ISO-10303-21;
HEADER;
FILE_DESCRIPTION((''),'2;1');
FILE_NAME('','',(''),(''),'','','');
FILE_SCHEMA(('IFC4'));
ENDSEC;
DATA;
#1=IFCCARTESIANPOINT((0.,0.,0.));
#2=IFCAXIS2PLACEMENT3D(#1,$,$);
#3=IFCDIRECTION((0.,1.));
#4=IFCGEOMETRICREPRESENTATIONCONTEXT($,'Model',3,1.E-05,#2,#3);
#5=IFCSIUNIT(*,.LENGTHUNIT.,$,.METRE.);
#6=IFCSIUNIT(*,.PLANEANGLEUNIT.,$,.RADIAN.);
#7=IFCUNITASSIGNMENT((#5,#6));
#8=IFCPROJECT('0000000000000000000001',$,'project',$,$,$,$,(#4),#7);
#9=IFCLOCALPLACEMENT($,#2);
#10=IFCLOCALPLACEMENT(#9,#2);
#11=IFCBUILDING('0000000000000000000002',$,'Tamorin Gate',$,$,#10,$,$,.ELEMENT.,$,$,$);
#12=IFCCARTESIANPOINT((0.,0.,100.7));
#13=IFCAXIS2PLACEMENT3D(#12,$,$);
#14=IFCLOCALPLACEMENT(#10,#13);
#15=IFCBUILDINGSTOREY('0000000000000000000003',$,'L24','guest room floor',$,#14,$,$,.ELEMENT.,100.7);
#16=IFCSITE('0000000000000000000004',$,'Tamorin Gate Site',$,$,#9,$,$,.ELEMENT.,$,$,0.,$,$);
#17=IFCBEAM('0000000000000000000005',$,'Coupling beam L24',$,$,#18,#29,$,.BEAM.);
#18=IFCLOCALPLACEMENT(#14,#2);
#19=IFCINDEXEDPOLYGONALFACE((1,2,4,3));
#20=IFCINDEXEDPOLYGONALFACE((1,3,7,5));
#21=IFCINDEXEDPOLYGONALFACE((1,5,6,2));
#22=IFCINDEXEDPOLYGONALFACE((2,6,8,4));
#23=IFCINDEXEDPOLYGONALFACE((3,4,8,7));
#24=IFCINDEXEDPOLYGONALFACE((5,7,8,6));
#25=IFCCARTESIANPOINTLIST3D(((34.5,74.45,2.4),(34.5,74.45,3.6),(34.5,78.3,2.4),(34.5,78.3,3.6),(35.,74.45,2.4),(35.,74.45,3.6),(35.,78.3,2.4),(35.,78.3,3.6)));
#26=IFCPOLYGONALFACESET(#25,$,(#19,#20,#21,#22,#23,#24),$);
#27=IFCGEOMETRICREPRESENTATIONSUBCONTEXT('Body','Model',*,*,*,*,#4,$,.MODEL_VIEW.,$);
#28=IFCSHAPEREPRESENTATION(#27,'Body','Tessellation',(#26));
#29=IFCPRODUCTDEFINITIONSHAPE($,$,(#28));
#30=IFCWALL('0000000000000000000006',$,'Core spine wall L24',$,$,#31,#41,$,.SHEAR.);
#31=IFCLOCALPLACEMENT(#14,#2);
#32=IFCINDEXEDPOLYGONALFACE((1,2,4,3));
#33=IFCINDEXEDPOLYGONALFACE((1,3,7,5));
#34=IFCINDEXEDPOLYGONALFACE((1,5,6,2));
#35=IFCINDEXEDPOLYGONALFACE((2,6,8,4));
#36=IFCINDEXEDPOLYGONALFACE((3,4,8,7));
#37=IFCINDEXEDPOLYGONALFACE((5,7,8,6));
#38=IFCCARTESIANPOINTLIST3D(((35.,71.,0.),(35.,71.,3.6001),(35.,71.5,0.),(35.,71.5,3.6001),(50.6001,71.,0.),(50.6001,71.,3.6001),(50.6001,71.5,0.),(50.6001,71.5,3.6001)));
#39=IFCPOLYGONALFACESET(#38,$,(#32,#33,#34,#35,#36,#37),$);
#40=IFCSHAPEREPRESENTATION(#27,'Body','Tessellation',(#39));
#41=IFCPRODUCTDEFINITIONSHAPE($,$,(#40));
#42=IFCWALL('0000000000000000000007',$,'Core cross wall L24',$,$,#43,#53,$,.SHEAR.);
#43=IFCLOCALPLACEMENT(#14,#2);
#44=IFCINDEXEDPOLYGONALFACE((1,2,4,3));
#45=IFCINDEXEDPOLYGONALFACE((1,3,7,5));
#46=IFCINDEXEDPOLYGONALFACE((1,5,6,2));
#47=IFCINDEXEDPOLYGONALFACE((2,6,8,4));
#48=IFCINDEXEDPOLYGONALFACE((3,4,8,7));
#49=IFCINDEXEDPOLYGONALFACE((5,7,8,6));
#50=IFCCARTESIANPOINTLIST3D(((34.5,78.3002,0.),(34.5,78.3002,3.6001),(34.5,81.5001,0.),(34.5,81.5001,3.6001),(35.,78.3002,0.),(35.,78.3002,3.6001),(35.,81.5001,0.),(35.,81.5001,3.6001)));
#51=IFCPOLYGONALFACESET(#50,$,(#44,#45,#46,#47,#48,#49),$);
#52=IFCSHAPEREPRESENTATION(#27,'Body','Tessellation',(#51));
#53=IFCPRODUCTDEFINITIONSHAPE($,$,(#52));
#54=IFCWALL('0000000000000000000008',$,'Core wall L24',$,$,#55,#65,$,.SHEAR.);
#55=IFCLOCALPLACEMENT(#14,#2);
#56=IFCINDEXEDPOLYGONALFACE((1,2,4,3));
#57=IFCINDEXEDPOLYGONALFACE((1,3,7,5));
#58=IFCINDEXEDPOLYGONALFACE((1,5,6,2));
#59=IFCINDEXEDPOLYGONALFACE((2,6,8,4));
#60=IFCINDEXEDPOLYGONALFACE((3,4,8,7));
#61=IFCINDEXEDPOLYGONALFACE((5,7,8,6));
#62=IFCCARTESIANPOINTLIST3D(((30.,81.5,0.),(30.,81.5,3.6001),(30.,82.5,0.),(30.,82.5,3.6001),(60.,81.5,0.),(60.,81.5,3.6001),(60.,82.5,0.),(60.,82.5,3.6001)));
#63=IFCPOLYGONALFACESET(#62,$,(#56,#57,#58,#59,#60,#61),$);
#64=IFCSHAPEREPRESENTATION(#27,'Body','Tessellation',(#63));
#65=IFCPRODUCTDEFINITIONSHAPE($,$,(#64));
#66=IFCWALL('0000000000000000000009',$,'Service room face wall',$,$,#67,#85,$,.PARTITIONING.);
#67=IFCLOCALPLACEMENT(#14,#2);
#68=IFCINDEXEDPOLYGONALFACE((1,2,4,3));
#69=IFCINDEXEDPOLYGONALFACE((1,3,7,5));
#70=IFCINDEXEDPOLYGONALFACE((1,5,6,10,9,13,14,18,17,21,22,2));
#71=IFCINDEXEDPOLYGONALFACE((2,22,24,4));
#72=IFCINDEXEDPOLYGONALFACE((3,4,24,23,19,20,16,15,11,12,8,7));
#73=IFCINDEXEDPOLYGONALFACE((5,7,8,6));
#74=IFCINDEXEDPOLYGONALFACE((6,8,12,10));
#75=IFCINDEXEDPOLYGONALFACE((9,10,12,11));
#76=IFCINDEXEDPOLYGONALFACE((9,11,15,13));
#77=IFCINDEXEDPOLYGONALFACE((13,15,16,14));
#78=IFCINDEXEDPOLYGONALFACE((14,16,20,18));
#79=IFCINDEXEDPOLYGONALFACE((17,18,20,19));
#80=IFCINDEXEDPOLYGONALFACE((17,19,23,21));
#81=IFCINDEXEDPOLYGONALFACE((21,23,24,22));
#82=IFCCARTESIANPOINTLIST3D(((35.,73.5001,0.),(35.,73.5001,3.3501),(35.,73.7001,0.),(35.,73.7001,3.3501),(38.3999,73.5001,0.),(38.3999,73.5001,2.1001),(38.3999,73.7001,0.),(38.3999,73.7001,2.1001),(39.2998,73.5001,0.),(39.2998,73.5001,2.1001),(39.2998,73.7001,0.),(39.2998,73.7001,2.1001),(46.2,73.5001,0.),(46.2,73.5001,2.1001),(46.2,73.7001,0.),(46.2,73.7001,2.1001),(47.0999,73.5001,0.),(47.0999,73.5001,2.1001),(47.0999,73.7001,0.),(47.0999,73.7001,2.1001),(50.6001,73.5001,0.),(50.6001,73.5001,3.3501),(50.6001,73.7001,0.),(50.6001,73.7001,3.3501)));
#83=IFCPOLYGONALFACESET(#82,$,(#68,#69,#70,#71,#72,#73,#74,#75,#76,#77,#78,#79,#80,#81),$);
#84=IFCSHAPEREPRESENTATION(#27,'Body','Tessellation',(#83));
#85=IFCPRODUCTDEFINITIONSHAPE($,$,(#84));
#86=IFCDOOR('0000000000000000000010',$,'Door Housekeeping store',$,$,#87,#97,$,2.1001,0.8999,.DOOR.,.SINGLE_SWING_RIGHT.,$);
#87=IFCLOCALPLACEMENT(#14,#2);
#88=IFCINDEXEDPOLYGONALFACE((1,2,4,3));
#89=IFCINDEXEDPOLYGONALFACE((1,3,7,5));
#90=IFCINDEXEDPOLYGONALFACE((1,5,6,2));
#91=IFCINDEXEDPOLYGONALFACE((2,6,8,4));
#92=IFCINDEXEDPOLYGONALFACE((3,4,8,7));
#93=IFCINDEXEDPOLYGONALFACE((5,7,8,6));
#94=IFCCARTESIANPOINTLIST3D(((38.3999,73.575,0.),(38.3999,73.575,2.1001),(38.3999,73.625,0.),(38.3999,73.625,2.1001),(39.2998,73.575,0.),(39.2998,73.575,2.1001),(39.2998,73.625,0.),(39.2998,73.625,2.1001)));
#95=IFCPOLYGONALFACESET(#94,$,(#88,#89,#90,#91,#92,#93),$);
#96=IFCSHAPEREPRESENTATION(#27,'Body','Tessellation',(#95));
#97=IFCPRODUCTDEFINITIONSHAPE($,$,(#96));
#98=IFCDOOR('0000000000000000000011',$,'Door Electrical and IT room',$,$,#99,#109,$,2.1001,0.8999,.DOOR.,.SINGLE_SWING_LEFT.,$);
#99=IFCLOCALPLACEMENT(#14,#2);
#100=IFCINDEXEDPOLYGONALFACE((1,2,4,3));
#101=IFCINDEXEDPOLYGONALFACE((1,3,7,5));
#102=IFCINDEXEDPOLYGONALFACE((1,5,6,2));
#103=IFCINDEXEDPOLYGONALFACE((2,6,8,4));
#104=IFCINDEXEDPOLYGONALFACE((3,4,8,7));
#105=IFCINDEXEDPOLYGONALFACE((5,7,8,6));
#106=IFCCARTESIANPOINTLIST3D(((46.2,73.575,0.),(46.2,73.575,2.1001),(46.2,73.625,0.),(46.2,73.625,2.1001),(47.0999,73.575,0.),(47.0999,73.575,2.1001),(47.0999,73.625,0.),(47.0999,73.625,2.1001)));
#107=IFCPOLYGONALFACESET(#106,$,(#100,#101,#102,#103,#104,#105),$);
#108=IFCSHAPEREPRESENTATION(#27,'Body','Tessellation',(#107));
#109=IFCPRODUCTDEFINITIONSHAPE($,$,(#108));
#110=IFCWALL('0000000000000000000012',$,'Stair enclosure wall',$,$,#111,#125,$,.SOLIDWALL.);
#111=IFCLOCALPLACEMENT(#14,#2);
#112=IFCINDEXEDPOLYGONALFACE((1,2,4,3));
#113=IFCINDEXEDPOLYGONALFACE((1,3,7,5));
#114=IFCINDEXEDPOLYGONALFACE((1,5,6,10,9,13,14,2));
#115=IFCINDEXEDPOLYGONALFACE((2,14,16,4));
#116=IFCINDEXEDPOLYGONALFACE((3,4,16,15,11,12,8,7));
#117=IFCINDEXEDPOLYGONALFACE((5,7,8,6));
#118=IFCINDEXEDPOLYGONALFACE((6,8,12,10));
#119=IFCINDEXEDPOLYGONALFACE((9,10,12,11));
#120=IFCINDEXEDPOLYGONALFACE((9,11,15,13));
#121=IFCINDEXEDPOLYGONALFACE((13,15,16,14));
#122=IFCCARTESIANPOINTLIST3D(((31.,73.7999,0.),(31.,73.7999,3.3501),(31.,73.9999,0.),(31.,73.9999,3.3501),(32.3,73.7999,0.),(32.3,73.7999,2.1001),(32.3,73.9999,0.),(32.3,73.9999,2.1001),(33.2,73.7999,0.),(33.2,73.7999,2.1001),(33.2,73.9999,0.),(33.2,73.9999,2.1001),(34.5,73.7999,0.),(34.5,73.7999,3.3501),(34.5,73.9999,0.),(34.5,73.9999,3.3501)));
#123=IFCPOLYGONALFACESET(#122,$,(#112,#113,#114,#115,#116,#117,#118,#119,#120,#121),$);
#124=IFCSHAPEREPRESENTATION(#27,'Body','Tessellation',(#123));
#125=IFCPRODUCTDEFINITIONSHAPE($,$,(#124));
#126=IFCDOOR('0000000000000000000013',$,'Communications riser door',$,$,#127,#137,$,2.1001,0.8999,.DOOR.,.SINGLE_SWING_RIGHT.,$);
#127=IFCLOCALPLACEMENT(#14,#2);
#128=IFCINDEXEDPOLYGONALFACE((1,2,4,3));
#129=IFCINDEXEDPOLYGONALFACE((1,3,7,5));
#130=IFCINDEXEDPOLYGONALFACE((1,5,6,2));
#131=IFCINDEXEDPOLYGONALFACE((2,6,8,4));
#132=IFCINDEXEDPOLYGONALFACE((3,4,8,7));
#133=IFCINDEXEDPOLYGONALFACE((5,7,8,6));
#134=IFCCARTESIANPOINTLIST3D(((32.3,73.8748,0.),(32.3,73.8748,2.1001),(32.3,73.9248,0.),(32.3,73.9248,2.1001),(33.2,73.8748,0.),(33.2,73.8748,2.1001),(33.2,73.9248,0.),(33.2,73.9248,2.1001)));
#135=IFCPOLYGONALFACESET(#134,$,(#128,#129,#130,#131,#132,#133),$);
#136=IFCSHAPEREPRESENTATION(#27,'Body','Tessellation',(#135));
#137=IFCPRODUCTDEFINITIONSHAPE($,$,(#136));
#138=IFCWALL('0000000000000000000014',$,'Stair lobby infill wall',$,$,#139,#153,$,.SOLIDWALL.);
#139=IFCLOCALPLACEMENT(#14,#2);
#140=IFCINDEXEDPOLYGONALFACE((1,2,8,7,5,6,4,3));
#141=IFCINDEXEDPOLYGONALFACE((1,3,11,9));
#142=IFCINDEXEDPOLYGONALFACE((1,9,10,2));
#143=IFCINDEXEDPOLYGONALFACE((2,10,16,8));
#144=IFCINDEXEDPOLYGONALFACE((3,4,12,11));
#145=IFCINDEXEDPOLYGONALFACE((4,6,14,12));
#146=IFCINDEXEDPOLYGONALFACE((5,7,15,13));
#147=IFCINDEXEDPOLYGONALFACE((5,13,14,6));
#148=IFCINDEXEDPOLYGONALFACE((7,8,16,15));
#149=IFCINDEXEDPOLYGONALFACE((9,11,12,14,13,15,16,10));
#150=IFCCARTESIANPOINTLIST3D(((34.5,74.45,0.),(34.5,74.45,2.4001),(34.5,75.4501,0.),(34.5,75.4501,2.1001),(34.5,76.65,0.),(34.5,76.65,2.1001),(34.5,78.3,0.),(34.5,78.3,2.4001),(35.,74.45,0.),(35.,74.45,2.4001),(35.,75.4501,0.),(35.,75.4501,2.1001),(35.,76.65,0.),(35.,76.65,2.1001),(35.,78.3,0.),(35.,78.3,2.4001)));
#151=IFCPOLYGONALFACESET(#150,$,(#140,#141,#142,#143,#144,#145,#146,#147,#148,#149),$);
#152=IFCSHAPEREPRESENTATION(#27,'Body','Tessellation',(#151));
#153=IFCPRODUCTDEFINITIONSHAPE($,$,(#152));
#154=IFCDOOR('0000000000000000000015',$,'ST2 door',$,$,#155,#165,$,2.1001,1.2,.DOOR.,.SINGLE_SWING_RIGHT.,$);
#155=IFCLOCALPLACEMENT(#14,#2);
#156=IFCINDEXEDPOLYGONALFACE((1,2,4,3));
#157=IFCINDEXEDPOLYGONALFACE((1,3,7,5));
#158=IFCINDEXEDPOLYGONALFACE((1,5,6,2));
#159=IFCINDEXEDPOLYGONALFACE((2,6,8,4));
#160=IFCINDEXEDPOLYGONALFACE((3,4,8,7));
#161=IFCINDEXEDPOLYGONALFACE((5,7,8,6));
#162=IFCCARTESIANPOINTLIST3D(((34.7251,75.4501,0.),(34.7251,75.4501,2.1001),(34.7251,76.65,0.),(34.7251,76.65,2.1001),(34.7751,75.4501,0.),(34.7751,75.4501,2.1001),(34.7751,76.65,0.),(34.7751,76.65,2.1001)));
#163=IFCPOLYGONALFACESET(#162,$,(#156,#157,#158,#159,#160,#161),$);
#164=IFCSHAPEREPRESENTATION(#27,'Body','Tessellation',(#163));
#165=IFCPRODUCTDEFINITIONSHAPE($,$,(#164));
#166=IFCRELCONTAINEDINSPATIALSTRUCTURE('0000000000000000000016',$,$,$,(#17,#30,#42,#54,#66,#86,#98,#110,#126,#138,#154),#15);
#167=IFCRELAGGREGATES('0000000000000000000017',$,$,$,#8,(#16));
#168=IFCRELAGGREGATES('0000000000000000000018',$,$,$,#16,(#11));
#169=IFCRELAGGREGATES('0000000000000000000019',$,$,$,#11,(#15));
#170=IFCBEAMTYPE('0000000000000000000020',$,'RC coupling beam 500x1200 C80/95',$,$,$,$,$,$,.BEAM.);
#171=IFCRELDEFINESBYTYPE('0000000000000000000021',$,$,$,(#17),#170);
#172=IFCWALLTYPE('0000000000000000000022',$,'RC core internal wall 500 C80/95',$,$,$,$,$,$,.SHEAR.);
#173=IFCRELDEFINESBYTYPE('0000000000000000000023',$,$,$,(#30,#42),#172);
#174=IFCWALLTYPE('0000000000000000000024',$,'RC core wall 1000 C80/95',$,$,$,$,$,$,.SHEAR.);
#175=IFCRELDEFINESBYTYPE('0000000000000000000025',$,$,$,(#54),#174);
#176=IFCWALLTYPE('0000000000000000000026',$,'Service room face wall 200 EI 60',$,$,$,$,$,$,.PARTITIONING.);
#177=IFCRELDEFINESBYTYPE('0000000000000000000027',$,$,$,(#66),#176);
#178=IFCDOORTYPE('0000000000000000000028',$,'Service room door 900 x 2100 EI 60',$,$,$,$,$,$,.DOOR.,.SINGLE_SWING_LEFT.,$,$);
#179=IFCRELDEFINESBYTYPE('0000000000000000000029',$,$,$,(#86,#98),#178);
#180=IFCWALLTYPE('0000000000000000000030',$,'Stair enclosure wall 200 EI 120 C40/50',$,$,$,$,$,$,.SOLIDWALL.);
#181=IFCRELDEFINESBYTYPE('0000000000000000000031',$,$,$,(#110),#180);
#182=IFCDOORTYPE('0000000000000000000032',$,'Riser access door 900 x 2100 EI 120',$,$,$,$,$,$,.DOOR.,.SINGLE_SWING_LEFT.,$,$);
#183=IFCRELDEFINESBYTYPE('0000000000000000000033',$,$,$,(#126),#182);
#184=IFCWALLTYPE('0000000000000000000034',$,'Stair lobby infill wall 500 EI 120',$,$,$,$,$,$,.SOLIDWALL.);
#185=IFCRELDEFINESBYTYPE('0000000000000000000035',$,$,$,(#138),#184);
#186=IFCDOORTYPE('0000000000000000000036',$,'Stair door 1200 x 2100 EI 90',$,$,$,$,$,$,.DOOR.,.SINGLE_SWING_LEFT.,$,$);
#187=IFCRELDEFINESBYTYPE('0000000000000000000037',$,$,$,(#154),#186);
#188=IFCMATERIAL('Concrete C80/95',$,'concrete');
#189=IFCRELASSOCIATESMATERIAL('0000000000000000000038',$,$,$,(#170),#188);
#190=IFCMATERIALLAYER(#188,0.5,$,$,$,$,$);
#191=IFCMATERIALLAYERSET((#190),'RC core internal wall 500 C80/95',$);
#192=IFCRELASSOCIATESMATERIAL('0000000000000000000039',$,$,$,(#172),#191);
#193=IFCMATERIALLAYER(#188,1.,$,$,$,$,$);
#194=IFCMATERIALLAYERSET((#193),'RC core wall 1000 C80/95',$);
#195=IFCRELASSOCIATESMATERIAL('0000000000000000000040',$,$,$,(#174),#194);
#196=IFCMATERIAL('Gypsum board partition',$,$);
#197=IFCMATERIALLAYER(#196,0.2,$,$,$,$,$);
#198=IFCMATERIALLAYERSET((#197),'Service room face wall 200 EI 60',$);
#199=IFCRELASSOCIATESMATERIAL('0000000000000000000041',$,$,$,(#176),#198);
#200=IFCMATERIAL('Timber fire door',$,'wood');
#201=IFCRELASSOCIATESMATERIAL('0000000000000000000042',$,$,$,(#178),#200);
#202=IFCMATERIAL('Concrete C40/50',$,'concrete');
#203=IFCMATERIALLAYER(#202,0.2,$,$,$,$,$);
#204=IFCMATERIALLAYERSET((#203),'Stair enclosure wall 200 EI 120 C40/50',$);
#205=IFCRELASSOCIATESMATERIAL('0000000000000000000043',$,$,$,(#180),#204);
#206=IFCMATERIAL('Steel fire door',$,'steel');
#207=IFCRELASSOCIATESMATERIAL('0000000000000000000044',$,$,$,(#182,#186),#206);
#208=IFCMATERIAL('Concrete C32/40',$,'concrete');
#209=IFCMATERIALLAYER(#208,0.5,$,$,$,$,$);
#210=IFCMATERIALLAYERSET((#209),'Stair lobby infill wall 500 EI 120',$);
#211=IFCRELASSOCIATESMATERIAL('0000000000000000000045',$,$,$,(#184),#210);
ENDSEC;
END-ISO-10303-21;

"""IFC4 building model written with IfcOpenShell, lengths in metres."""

from ifc_helpers import new_model, si_unit, direction, frame, frame_2d, origin, origin_2d, place, context, subcontext, project, spatial, rectangle, extrude, material, layer, layer_set, material_profile, profile_set, type_object, element, fill, save


model = new_model("IFC4")

# Units and contexts
model_context = context("Model", 3, precision=1e-05, world=origin(), true_north=direction((0.0, 1.0)))
body_context = subcontext(model_context, "Body", "Model", "MODEL_VIEW")
ifc_project = project(units=[si_unit("LENGTHUNIT", "METRE"), si_unit("PLANEANGLEUNIT", "RADIAN")], contexts=[model_context])

# Site, building, storey
site_placement = place(None, origin())
site = spatial("IfcSite", under=ifc_project, at=site_placement, Name="Tamorin Gate Site", CompositionType="ELEMENT", RefElevation=0.0)
building_placement = place(site_placement, origin())
building = spatial("IfcBuilding", under=site, at=building_placement, Name="Tamorin Gate", CompositionType="ELEMENT")
storey_placement = place(building_placement, frame((0.0, 0.0, 100.7)))
storey = spatial("IfcBuildingStorey", under=building, at=storey_placement, Name="L24", Description="guest room floor", CompositionType="ELEMENT", Elevation=100.7)

# Beam
ifc_material_1 = material(Name="Concrete C80/95", Category="concrete")
ifc_material_profile = material_profile(ifc_material_1, rectangle(XDim=0.5, YDim=1.2, at=origin_2d()), Name="RC 500x1200")
ifc_profile_set = profile_set([ifc_material_profile], Name="Concrete C80/95")
beam_type = type_object("IfcBeamType", Name="RC coupling beam 500x1200 C80/95", PredefinedType="BEAM", material=ifc_profile_set)
beam_placement = place(storey_placement, frame((34.75, 74.45, 3.0), z_axis=(0.0, 1.0, 0.0), x_axis=(-1.0, 0.0, 0.0)))
element("IfcBeam", 1, at=beam_placement, inside=storey, type_object=beam_type, Name="Coupling beam L24", PredefinedType="BEAM", context=body_context, shape_type="SweptSolid", body=[
    extrude(rectangle(XDim=0.5, YDim=1.2, at=origin_2d()), origin(), (0.0, 0.0, 1.0), 3.8501),
])

# Walls
ifc_layer_1 = layer(ifc_material_1, 0.5)
ifc_layer_set_1 = layer_set([ifc_layer_1], Name="RC core internal wall 500 C80/95")
wall_type_1 = type_object("IfcWallType", Name="RC core internal wall 500 C80/95", PredefinedType="SHEAR", material=ifc_layer_set_1)
wall_1_placement = place(storey_placement, frame((35.0, 71.25, 0.0), z_axis=(0.0, 0.0, 1.0), x_axis=(1.0, 0.0, 0.0)))
element("IfcWall", 2, at=wall_1_placement, inside=storey, type_object=wall_type_1, Name="Core spine wall L24", PredefinedType="SHEAR", context=body_context, shape_type="SweptSolid", body=[
    extrude(rectangle(XDim=15.6001, YDim=0.5, at=frame_2d((7.8, 0.0))), origin(), (0.0, 0.0, 1.0), 3.6001),
])
wall_2_placement = place(storey_placement, frame((34.75, 78.3, 0.0), z_axis=(0.0, 0.0, 1.0), x_axis=(0.0, 1.0, 0.0)))
element("IfcWall", 3, at=wall_2_placement, inside=storey, type_object=wall_type_1, Name="Core cross wall L24", PredefinedType="SHEAR", context=body_context, shape_type="SweptSolid", body=[
    extrude(rectangle(XDim=3.2, YDim=0.5, at=frame_2d((1.6001, 0.0))), origin(), (0.0, 0.0, 1.0), 3.6001),
])
ifc_layer_2 = layer(ifc_material_1, 1.0)
ifc_layer_set_2 = layer_set([ifc_layer_2], Name="RC core wall 1000 C80/95")
wall_type_2 = type_object("IfcWallType", Name="RC core wall 1000 C80/95", PredefinedType="SHEAR", material=ifc_layer_set_2)
wall_3_placement = place(storey_placement, frame((30.0, 82.0, 0.0), z_axis=(0.0, 0.0, 1.0), x_axis=(1.0, 0.0, 0.0)))
element("IfcWall", 4, at=wall_3_placement, inside=storey, type_object=wall_type_2, Name="Core wall L24", PredefinedType="SHEAR", context=body_context, shape_type="SweptSolid", body=[
    extrude(rectangle(XDim=30.0, YDim=1.0, at=frame_2d((15.0, 0.0))), origin(), (0.0, 0.0, 1.0), 3.6001),
])

# Wall, openings, doors
ifc_material_2 = material(Name="Gypsum board partition")
ifc_layer_3 = layer(ifc_material_2, 0.2)
ifc_layer_set_3 = layer_set([ifc_layer_3], Name="Service room face wall 200 EI 60")
wall_type_3 = type_object("IfcWallType", Name="Service room face wall 200 EI 60", PredefinedType="PARTITIONING", material=ifc_layer_set_3)
wall_4_placement = place(storey_placement, frame((35.0, 73.6001, 0.0), z_axis=(0.0, 0.0, 1.0), x_axis=(1.0, 0.0, 0.0)))
wall_4 = element("IfcWall", 5, at=wall_4_placement, inside=storey, type_object=wall_type_3, Name="Service room face wall", PredefinedType="PARTITIONING", context=body_context, shape_type="SweptSolid", body=[
    extrude(rectangle(XDim=15.6001, YDim=0.2, at=frame_2d((7.8, 0.0))), origin(), (0.0, 0.0, 1.0), 3.3501),
])
opening_1_placement = place(wall_4_placement, frame((3.3999, 0.0, 0.0)))
opening_1 = element("IfcOpeningElement", 6, at=opening_1_placement, cuts=wall_4, PredefinedType="OPENING", context=body_context, shape_type="SweptSolid", body=[
    extrude(rectangle(XDim=0.8999, YDim=2.1001, at=frame_2d((0.45, 1.05))), frame((0.0, 0.1099, 0.0), z_axis=(0.0, -1.0, 0.0), x_axis=(1.0, 0.0, 0.0)), (0.0, 0.0, 1.0), 0.22),
])
opening_2_placement = place(wall_4_placement, frame((11.2, 0.0, 0.0)))
opening_2 = element("IfcOpeningElement", 7, at=opening_2_placement, cuts=wall_4, PredefinedType="OPENING", context=body_context, shape_type="SweptSolid", body=[
    extrude(rectangle(XDim=0.8999, YDim=2.1001, at=frame_2d((0.45, 1.05))), frame((0.0, 0.1099, 0.0), z_axis=(0.0, -1.0, 0.0), x_axis=(1.0, 0.0, 0.0)), (0.0, 0.0, 1.0), 0.22),
])
ifc_material_3 = material(Name="Timber fire door", Category="wood")
door_type_1 = type_object("IfcDoorType", Name="Service room door 900 x 2100 EI 60", OperationType="SINGLE_SWING_LEFT", PredefinedType="DOOR", material=ifc_material_3)
door_1_placement = place(opening_1_placement, origin())
door_1 = element("IfcDoor", 8, at=door_1_placement, inside=storey, type_object=door_type_1, Name="Door Housekeeping store", OperationType="SINGLE_SWING_RIGHT", OverallHeight=2.1001, OverallWidth=0.8999, PredefinedType="DOOR", context=body_context, shape_type="SweptSolid", body=[
    extrude(rectangle(XDim=0.8999, YDim=2.1001, at=frame_2d((0.45, 1.05))), frame((0.0, 0.0249, 0.0), z_axis=(0.0, -1.0, 0.0), x_axis=(1.0, 0.0, 0.0)), (0.0, 0.0, 1.0), 0.05),
])
fill(opening_1, door_1)
door_2_placement = place(opening_2_placement, origin())
door_2 = element("IfcDoor", 9, at=door_2_placement, inside=storey, type_object=door_type_1, Name="Door Electrical and IT room", OperationType="SINGLE_SWING_LEFT", OverallHeight=2.1001, OverallWidth=0.8999, PredefinedType="DOOR", context=body_context, shape_type="SweptSolid", body=[
    extrude(rectangle(XDim=0.8999, YDim=2.1001, at=frame_2d((0.45, 1.05))), frame((0.0, 0.0249, 0.0), z_axis=(0.0, -1.0, 0.0), x_axis=(1.0, 0.0, 0.0)), (0.0, 0.0, 1.0), 0.05),
])
fill(opening_2, door_2)

# Walls, openings, doors
ifc_material_4 = material(Name="Concrete C40/50", Category="concrete")
ifc_layer_4 = layer(ifc_material_4, 0.2)
ifc_layer_set_4 = layer_set([ifc_layer_4], Name="Stair enclosure wall 200 EI 120 C40/50")
wall_type_4 = type_object("IfcWallType", Name="Stair enclosure wall 200 EI 120 C40/50", PredefinedType="SOLIDWALL", material=ifc_layer_set_4)
wall_5_placement = place(storey_placement, frame((31.0, 73.8999, 0.0), z_axis=(0.0, 0.0, 1.0), x_axis=(1.0, 0.0, 0.0)))
wall_5 = element("IfcWall", 10, at=wall_5_placement, inside=storey, type_object=wall_type_4, Name="Stair enclosure wall", PredefinedType="SOLIDWALL", context=body_context, shape_type="SweptSolid", body=[
    extrude(rectangle(XDim=3.5, YDim=0.2, at=frame_2d((1.75, 0.0))), origin(), (0.0, 0.0, 1.0), 3.3501),
])
opening_3_placement = place(wall_5_placement, frame((1.3, 0.0, 0.0)))
opening_3 = element("IfcOpeningElement", 11, at=opening_3_placement, cuts=wall_5, PredefinedType="OPENING", context=body_context, shape_type="SweptSolid", body=[
    extrude(rectangle(XDim=0.8999, YDim=2.1001, at=frame_2d((0.45, 1.05))), frame((0.0, 0.1099, 0.0), z_axis=(0.0, -1.0, 0.0), x_axis=(1.0, 0.0, 0.0)), (0.0, 0.0, 1.0), 0.22),
])
ifc_material_5 = material(Name="Steel fire door", Category="steel")
door_type_2 = type_object("IfcDoorType", Name="Riser access door 900 x 2100 EI 120", OperationType="SINGLE_SWING_LEFT", PredefinedType="DOOR", material=ifc_material_5)
door_3_placement = place(opening_3_placement, origin())
door_3 = element("IfcDoor", 12, at=door_3_placement, inside=storey, type_object=door_type_2, Name="Communications riser door", OperationType="SINGLE_SWING_RIGHT", OverallHeight=2.1001, OverallWidth=0.8999, PredefinedType="DOOR", context=body_context, shape_type="SweptSolid", body=[
    extrude(rectangle(XDim=0.8999, YDim=2.1001, at=frame_2d((0.45, 1.05))), frame((0.0, 0.0249, 0.0), z_axis=(0.0, -1.0, 0.0), x_axis=(1.0, 0.0, 0.0)), (0.0, 0.0, 1.0), 0.05),
])
fill(opening_3, door_3)
ifc_material_6 = material(Name="Concrete C32/40", Category="concrete")
ifc_layer_5 = layer(ifc_material_6, 0.5)
ifc_layer_set_5 = layer_set([ifc_layer_5], Name="Stair lobby infill wall 500 EI 120")
wall_type_5 = type_object("IfcWallType", Name="Stair lobby infill wall 500 EI 120", PredefinedType="SOLIDWALL", material=ifc_layer_set_5)
wall_6_placement = place(storey_placement, frame((34.75, 74.45, 0.0), z_axis=(0.0, 0.0, 1.0), x_axis=(0.0, 1.0, 0.0)))
wall_6 = element("IfcWall", 13, at=wall_6_placement, inside=storey, type_object=wall_type_5, Name="Stair lobby infill wall", PredefinedType="SOLIDWALL", context=body_context, shape_type="SweptSolid", body=[
    extrude(rectangle(XDim=3.8501, YDim=0.5, at=frame_2d((1.925, 0.0))), origin(), (0.0, 0.0, 1.0), 2.4001),
])
opening_4_placement = place(wall_6_placement, frame((1.0, 0.0, 0.0)))
opening_4 = element("IfcOpeningElement", 14, at=opening_4_placement, cuts=wall_6, PredefinedType="OPENING", context=body_context, shape_type="SweptSolid", body=[
    extrude(rectangle(XDim=1.2, YDim=2.1001, at=frame_2d((0.6001, 1.05))), frame((0.0, 0.26, 0.0), z_axis=(0.0, -1.0, 0.0), x_axis=(1.0, 0.0, 0.0)), (0.0, 0.0, 1.0), 0.52),
])
door_type_3 = type_object("IfcDoorType", Name="Stair door 1200 x 2100 EI 90", OperationType="SINGLE_SWING_LEFT", PredefinedType="DOOR", material=ifc_material_5)
door_4_placement = place(opening_4_placement, origin())
door_4 = element("IfcDoor", 15, at=door_4_placement, inside=storey, type_object=door_type_3, Name="ST2 door", OperationType="SINGLE_SWING_RIGHT", OverallHeight=2.1001, OverallWidth=1.2, PredefinedType="DOOR", context=body_context, shape_type="SweptSolid", body=[
    extrude(rectangle(XDim=1.2, YDim=2.1001, at=frame_2d((0.6001, 1.05))), frame((0.0, 0.0249, 0.0), z_axis=(0.0, -1.0, 0.0), x_axis=(1.0, 0.0, 0.0)), (0.0, 0.0, 1.0), 0.05),
])
fill(opening_4, door_4)

save(model, "model.ifc")
